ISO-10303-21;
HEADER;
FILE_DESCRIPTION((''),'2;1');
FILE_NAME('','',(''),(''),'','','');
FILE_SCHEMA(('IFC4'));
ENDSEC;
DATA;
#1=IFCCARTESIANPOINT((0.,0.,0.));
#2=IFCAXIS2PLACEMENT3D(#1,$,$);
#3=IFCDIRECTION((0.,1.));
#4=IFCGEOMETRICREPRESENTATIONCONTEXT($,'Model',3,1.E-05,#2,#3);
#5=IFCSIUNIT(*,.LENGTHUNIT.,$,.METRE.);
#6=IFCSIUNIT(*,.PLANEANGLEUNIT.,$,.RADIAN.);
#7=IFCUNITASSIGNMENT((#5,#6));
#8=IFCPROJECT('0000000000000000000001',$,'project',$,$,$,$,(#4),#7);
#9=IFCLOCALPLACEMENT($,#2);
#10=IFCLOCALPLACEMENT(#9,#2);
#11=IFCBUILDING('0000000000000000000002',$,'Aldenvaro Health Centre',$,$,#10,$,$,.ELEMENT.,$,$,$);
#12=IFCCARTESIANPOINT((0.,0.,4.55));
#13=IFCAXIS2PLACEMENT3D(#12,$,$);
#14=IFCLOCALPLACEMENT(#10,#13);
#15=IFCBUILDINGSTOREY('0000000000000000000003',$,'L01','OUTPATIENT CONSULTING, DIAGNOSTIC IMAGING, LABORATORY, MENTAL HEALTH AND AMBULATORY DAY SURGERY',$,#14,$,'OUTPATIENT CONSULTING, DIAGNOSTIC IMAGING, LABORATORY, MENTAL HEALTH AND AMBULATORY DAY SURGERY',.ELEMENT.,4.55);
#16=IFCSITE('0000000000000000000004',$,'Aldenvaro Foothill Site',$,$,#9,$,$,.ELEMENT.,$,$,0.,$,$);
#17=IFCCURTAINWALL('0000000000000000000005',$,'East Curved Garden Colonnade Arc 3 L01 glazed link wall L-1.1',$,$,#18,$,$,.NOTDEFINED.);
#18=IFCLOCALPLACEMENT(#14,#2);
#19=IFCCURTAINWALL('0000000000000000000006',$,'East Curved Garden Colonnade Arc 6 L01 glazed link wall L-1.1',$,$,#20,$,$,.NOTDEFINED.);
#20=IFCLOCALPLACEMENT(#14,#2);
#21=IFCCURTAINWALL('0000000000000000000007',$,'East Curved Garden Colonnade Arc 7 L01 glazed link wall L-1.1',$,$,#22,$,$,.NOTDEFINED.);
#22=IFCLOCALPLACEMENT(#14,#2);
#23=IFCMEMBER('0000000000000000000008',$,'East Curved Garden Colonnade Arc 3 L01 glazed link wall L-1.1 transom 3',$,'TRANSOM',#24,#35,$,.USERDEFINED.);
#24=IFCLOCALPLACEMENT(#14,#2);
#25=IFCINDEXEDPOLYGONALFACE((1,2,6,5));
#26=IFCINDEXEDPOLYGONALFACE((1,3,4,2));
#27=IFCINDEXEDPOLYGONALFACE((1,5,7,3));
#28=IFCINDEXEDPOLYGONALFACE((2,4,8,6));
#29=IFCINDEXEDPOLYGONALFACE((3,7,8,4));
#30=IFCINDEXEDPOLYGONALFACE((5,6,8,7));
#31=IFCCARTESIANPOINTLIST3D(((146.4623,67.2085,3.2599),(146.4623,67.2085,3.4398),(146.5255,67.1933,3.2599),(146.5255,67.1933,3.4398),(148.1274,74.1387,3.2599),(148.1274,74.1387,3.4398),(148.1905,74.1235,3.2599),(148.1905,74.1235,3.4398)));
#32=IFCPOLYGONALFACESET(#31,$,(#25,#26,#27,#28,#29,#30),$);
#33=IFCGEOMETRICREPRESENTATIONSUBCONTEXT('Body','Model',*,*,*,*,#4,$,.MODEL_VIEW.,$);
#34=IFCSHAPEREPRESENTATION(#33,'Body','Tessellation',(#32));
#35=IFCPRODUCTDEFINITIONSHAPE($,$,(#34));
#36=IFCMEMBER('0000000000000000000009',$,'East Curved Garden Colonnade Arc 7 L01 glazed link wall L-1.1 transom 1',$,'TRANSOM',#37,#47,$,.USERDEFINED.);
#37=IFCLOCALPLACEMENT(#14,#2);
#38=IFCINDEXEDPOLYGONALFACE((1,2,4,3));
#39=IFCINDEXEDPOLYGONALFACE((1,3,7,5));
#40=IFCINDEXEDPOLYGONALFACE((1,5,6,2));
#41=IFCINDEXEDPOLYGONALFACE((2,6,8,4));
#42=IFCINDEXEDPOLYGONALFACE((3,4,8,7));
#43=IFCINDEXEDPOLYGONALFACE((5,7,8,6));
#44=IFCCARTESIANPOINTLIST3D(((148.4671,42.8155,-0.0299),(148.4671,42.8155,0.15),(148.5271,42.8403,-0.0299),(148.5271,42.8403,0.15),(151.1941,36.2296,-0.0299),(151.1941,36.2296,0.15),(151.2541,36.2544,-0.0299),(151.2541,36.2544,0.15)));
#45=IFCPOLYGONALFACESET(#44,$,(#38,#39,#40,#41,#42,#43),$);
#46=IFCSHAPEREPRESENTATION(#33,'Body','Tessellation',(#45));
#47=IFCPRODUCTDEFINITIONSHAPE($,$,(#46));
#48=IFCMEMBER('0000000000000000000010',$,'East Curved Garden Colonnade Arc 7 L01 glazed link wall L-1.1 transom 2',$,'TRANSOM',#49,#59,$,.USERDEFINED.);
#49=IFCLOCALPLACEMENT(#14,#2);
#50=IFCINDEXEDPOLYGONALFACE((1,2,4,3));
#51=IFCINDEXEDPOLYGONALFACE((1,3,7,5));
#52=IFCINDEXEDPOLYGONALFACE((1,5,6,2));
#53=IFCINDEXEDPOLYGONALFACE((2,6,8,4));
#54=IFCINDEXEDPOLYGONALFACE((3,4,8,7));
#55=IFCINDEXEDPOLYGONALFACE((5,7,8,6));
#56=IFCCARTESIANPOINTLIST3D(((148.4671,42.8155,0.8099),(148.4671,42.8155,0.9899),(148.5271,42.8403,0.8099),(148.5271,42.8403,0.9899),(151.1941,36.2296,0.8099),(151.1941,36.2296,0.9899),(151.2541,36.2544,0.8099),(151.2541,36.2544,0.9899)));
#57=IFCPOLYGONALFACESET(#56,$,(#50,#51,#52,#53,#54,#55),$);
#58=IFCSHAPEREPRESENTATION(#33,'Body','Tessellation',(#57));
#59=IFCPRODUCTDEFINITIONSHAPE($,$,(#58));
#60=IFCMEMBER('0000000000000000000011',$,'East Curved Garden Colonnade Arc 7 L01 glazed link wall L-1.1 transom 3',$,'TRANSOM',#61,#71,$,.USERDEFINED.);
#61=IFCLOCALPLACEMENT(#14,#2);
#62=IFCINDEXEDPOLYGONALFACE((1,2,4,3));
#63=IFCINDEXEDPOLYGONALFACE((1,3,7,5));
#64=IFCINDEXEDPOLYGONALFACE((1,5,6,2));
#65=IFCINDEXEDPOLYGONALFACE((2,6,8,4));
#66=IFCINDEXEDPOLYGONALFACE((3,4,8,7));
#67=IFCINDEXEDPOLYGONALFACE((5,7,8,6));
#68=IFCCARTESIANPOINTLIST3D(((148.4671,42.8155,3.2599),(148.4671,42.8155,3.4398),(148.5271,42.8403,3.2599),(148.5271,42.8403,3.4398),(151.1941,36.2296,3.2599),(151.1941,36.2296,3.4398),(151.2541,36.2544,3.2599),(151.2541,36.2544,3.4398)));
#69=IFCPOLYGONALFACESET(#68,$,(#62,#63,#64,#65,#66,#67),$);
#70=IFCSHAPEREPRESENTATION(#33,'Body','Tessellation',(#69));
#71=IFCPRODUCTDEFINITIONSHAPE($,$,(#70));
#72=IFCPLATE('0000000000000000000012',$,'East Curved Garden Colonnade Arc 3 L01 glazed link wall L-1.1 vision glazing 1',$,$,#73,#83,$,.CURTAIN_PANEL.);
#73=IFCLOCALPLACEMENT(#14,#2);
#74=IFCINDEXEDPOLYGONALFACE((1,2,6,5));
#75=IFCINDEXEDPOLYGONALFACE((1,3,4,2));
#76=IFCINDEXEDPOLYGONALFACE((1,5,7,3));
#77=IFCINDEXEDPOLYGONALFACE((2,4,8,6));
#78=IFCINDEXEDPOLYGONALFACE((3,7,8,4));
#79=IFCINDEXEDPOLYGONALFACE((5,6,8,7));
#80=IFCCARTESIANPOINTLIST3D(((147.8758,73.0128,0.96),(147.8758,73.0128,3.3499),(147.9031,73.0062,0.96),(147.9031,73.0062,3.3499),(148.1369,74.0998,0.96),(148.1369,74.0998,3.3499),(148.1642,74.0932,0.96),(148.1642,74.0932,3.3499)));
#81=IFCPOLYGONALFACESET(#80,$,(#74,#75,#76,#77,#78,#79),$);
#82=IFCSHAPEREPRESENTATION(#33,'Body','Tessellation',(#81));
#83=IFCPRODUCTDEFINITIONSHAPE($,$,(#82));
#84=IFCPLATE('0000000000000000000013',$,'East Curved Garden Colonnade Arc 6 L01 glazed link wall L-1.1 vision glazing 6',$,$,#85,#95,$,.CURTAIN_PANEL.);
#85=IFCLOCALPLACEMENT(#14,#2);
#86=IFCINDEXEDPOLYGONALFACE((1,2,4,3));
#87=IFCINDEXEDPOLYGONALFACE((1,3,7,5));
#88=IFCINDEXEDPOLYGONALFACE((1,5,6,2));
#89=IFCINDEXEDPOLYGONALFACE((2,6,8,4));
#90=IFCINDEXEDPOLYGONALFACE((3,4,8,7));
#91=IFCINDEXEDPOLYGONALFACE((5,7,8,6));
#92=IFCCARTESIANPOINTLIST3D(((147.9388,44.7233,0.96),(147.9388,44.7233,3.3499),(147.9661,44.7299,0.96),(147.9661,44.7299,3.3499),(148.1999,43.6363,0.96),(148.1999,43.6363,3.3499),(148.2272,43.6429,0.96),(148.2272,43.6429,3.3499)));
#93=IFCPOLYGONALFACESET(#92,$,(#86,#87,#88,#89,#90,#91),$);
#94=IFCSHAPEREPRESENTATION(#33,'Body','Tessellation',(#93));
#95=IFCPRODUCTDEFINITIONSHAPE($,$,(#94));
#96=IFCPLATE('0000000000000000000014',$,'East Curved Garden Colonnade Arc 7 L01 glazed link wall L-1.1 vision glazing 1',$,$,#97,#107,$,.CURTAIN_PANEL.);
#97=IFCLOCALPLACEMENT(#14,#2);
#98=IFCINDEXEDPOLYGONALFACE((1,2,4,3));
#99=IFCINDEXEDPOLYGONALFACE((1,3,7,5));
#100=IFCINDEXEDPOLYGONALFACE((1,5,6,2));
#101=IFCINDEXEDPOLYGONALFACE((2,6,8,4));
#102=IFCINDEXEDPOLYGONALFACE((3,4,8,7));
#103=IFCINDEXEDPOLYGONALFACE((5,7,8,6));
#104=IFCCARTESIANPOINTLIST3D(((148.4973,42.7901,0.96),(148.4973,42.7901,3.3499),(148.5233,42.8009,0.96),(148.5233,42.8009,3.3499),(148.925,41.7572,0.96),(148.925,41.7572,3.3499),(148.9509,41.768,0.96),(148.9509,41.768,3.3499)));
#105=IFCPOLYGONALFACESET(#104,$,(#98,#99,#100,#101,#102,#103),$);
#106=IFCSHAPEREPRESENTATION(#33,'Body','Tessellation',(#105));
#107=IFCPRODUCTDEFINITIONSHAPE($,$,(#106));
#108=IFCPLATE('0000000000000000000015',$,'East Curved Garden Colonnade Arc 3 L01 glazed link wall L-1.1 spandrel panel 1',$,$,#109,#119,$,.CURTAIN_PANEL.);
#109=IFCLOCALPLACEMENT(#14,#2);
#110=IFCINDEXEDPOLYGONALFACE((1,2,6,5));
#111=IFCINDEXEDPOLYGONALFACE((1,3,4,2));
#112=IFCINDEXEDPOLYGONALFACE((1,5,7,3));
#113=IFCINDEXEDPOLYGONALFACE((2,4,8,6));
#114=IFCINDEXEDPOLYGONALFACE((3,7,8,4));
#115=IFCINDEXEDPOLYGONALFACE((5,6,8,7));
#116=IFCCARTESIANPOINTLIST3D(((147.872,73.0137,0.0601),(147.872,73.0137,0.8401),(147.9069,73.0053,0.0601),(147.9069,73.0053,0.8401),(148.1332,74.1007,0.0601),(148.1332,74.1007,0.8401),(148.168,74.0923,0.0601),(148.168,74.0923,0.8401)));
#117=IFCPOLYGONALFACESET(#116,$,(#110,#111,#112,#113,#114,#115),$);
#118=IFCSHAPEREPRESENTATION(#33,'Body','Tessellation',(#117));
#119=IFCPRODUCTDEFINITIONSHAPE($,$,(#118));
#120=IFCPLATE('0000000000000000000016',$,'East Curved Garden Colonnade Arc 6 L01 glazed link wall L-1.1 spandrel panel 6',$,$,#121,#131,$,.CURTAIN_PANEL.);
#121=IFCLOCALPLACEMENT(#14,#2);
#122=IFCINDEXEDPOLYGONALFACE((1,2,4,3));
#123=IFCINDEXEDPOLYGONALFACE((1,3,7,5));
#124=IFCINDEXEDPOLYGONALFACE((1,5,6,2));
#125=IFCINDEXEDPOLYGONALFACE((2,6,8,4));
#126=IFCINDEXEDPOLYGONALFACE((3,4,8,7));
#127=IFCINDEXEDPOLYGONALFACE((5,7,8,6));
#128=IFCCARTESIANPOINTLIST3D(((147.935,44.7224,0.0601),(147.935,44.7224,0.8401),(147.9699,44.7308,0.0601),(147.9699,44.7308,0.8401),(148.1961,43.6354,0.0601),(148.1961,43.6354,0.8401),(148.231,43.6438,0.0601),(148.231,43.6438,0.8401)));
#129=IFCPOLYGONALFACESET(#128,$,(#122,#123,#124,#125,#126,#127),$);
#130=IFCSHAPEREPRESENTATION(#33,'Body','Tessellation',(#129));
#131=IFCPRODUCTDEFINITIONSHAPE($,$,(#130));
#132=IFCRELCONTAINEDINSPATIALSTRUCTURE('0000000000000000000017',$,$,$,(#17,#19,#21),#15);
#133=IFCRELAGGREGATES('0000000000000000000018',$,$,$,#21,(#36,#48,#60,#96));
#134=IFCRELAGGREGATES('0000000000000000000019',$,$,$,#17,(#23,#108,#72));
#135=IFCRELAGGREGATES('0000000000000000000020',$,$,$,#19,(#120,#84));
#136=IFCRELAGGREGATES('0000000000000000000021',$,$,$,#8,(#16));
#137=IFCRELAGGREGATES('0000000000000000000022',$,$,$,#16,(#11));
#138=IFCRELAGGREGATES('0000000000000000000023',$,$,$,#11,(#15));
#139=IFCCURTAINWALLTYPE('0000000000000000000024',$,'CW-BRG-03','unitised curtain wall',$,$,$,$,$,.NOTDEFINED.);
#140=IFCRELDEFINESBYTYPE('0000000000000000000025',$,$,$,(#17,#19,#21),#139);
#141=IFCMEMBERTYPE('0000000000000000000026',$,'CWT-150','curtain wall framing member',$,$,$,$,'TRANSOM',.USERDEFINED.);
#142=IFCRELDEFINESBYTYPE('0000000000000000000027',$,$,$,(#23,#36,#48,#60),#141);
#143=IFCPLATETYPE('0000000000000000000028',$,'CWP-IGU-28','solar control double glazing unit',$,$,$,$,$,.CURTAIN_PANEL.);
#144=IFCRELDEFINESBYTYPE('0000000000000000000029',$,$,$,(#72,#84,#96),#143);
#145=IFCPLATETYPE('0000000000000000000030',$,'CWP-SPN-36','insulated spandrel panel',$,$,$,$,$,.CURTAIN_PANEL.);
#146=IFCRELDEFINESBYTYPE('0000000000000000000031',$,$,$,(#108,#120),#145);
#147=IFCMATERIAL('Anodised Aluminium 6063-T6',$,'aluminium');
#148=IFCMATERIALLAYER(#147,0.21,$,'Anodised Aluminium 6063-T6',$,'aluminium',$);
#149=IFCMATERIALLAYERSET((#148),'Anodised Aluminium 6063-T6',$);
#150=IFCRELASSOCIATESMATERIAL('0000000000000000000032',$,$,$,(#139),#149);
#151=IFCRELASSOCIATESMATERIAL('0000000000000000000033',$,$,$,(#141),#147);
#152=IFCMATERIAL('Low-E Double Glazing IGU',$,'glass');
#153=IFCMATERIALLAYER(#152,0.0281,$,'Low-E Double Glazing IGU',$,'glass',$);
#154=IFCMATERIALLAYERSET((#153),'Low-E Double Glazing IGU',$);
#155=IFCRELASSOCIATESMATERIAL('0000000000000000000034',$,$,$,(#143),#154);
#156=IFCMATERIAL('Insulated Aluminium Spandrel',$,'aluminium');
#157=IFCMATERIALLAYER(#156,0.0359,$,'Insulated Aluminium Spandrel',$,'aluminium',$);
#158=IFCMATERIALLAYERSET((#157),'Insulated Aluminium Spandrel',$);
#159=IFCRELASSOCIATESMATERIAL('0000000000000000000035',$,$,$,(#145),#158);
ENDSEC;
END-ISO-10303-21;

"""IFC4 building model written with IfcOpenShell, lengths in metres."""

from ifc_helpers import new_model, si_unit, direction, frame, origin, origin_2d, place, context, subcontext, project, spatial, rectangle, extrude, material, layer, layer_set, material_profile, profile_set, type_object, element, aggregate, save


model = new_model("IFC4")

# Units and contexts
model_context = context("Model", 3, precision=1e-05, world=origin(), true_north=direction((0.0, 1.0)))
body_context = subcontext(model_context, "Body", "Model", "MODEL_VIEW")
ifc_project = project(units=[si_unit("LENGTHUNIT", "METRE"), si_unit("PLANEANGLEUNIT", "RADIAN")], contexts=[model_context])

# Site, building, storey
site_placement = place(None, origin())
site = spatial("IfcSite", under=ifc_project, at=site_placement, Name="Aldenvaro Foothill Site", CompositionType="ELEMENT", RefElevation=0.0)
building_placement = place(site_placement, origin())
building = spatial("IfcBuilding", under=site, at=building_placement, Name="Aldenvaro Health Centre", CompositionType="ELEMENT")
storey_placement = place(building_placement, frame((0.0, 0.0, 4.55)))
storey = spatial("IfcBuildingStorey", under=building, at=storey_placement, Name="L01", Description="OUTPATIENT CONSULTING, DIAGNOSTIC IMAGING, LABORATORY, MENTAL HEALTH AND AMBULATORY DAY SURGERY", LongName="OUTPATIENT CONSULTING, DIAGNOSTIC IMAGING, LABORATORY, MENTAL HEALTH AND AMBULATORY DAY SURGERY", CompositionType="ELEMENT", Elevation=4.55)

# Curtain wall
ifc_material_1 = material(Name="Anodised Aluminium 6063-T6", Category="aluminium")
ifc_layer_1 = layer(ifc_material_1, 0.21, Name="Anodised Aluminium 6063-T6", Category="aluminium")
ifc_layer_set_1 = layer_set([ifc_layer_1], Name="Anodised Aluminium 6063-T6")
curtain_wall_type = type_object("IfcCurtainWallType", Name="CW-BRG-03", Description="unitised curtain wall", PredefinedType="NOTDEFINED", material=ifc_layer_set_1)
curtain_wall_1_placement = place(storey_placement, origin())
curtain_wall_1 = element("IfcCurtainWall", 1, at=curtain_wall_1_placement, inside=storey, type_object=curtain_wall_type, Name="East Curved Garden Colonnade Arc 3 L01 glazed link wall L-1.1", PredefinedType="NOTDEFINED")

# Curtain wall
curtain_wall_2_placement = place(storey_placement, origin())
curtain_wall_2 = element("IfcCurtainWall", 2, at=curtain_wall_2_placement, inside=storey, type_object=curtain_wall_type, Name="East Curved Garden Colonnade Arc 6 L01 glazed link wall L-1.1", PredefinedType="NOTDEFINED")

# Curtain wall
curtain_wall_3_placement = place(storey_placement, origin())
curtain_wall_3 = element("IfcCurtainWall", 3, at=curtain_wall_3_placement, inside=storey, type_object=curtain_wall_type, Name="East Curved Garden Colonnade Arc 7 L01 glazed link wall L-1.1", PredefinedType="NOTDEFINED")

# Members
ifc_material_profile_1 = material_profile(ifc_material_1, rectangle(XDim=0.0649, YDim=0.1799, at=origin_2d()), Name="ALU 65x180", Category="aluminium")
ifc_profile_set_1 = profile_set([ifc_material_profile_1], Name="Anodised Aluminium 6063-T6")
member_type_1 = type_object("IfcMemberType", Name="CWT-150", Description="curtain wall framing member", ElementType="TRANSOM", PredefinedType="USERDEFINED", material=ifc_profile_set_1)
member_1_placement = place(storey_placement, frame((148.1589, 74.1311, 3.3499), z_axis=(-0.233611, -0.97233, 0.0), x_axis=(0.97233, -0.233611, 0.0)))
member_1 = element("IfcMember", 4, at=member_1_placement, type_object=member_type_1, Name="East Curved Garden Colonnade Arc 3 L01 glazed link wall L-1.1 transom 3", ObjectType="TRANSOM", PredefinedType="USERDEFINED", context=body_context, shape_type="SweptSolid", body=[
    extrude(rectangle(XDim=0.0649, YDim=0.1799, at=origin_2d()), origin(), (0.0, 0.0, 1.0), 7.1274),
])
member_2_placement = place(storey_placement, frame((148.4971, 42.8279, 0.0601), z_axis=(0.382572, -0.923926, 0.0), x_axis=(0.923926, 0.382572, 0.0)))
member_2 = element("IfcMember", 5, at=member_2_placement, type_object=member_type_1, Name="East Curved Garden Colonnade Arc 7 L01 glazed link wall L-1.1 transom 1", ObjectType="TRANSOM", PredefinedType="USERDEFINED", context=body_context, shape_type="SweptSolid", body=[
    extrude(rectangle(XDim=0.0649, YDim=0.1799, at=origin_2d()), origin(), (0.0, 0.0, 1.0), 7.1282),
])
member_3_placement = place(storey_placement, frame((148.4971, 42.8279, 0.8999), z_axis=(0.382572, -0.923926, 0.0), x_axis=(0.923926, 0.382572, 0.0)))
member_3 = element("IfcMember", 6, at=member_3_placement, type_object=member_type_1, Name="East Curved Garden Colonnade Arc 7 L01 glazed link wall L-1.1 transom 2", ObjectType="TRANSOM", PredefinedType="USERDEFINED", context=body_context, shape_type="SweptSolid", body=[
    extrude(rectangle(XDim=0.0649, YDim=0.1799, at=origin_2d()), origin(), (0.0, 0.0, 1.0), 7.1282),
])
member_4_placement = place(storey_placement, frame((148.4971, 42.8279, 3.3499), z_axis=(0.382572, -0.923926, 0.0), x_axis=(0.923926, 0.382572, 0.0)))
member_4 = element("IfcMember", 7, at=member_4_placement, type_object=member_type_1, Name="East Curved Garden Colonnade Arc 7 L01 glazed link wall L-1.1 transom 3", ObjectType="TRANSOM", PredefinedType="USERDEFINED", context=body_context, shape_type="SweptSolid", body=[
    extrude(rectangle(XDim=0.0649, YDim=0.1799, at=origin_2d()), origin(), (0.0, 0.0, 1.0), 7.1282),
])

# Plates
ifc_material_2 = material(Name="Low-E Double Glazing IGU", Category="glass")
ifc_layer_2 = layer(ifc_material_2, 0.0281, Name="Low-E Double Glazing IGU", Category="glass")
ifc_layer_set_2 = layer_set([ifc_layer_2], Name="Low-E Double Glazing IGU")
plate_type_1 = type_object("IfcPlateType", Name="CWP-IGU-28", Description="solar control double glazing unit", PredefinedType="CURTAIN_PANEL", material=ifc_layer_set_2)
plate_1_placement = place(storey_placement, frame((148.02, 73.553, 0.96), z_axis=(0.0, 0.0, 1.0), x_axis=(-0.233612, -0.97233, 0.0)))
plate_1 = element("IfcPlate", 8, at=plate_1_placement, type_object=plate_type_1, Name="East Curved Garden Colonnade Arc 3 L01 glazed link wall L-1.1 vision glazing 1", PredefinedType="CURTAIN_PANEL", context=body_context, shape_type="SweptSolid", body=[
    extrude(rectangle(XDim=1.1179, YDim=0.0281, at=origin_2d()), origin(), (0.0, 0.0, 1.0), 2.3899),
])
plate_2_placement = place(storey_placement, frame((148.083, 44.1831, 0.96), z_axis=(0.0, 0.0, 1.0), x_axis=(0.233511, -0.972354, 0.0)))
plate_2 = element("IfcPlate", 9, at=plate_2_placement, type_object=plate_type_1, Name="East Curved Garden Colonnade Arc 6 L01 glazed link wall L-1.1 vision glazing 6", PredefinedType="CURTAIN_PANEL", context=body_context, shape_type="SweptSolid", body=[
    extrude(rectangle(XDim=1.1179, YDim=0.0281, at=origin_2d()), origin(), (0.0, 0.0, 1.0), 2.3899),
])
plate_3_placement = place(storey_placement, frame((148.7241, 42.2791, 0.96), z_axis=(0.0, 0.0, 1.0), x_axis=(0.382562, -0.92393, 0.0)))
plate_3 = element("IfcPlate", 10, at=plate_3_placement, type_object=plate_type_1, Name="East Curved Garden Colonnade Arc 7 L01 glazed link wall L-1.1 vision glazing 1", PredefinedType="CURTAIN_PANEL", context=body_context, shape_type="SweptSolid", body=[
    extrude(rectangle(XDim=1.1179, YDim=0.0281, at=origin_2d()), origin(), (0.0, 0.0, 1.0), 2.3899),
])
aggregate(curtain_wall_3, [member_2, member_3, member_4, plate_3])
ifc_material_3 = material(Name="Insulated Aluminium Spandrel", Category="aluminium")
ifc_layer_3 = layer(ifc_material_3, 0.0359, Name="Insulated Aluminium Spandrel", Category="aluminium")
ifc_layer_set_3 = layer_set([ifc_layer_3], Name="Insulated Aluminium Spandrel")
plate_type_2 = type_object("IfcPlateType", Name="CWP-SPN-36", Description="insulated spandrel panel", PredefinedType="CURTAIN_PANEL", material=ifc_layer_set_3)
plate_4_placement = place(storey_placement, frame((148.02, 73.553, 0.0601), z_axis=(0.0, 0.0, 1.0), x_axis=(-0.233612, -0.97233, 0.0)))
plate_4 = element("IfcPlate", 11, at=plate_4_placement, type_object=plate_type_2, Name="East Curved Garden Colonnade Arc 3 L01 glazed link wall L-1.1 spandrel panel 1", PredefinedType="CURTAIN_PANEL", context=body_context, shape_type="SweptSolid", body=[
    extrude(rectangle(XDim=1.1179, YDim=0.0359, at=origin_2d()), origin(), (0.0, 0.0, 1.0), 0.78),
])
aggregate(curtain_wall_1, [member_1, plate_4, plate_1])
plate_5_placement = place(storey_placement, frame((148.083, 44.1831, 0.0601), z_axis=(0.0, 0.0, 1.0), x_axis=(0.233511, -0.972354, 0.0)))
plate_5 = element("IfcPlate", 12, at=plate_5_placement, type_object=plate_type_2, Name="East Curved Garden Colonnade Arc 6 L01 glazed link wall L-1.1 spandrel panel 6", PredefinedType="CURTAIN_PANEL", context=body_context, shape_type="SweptSolid", body=[
    extrude(rectangle(XDim=1.1179, YDim=0.0359, at=origin_2d()), origin(), (0.0, 0.0, 1.0), 0.78),
])
aggregate(curtain_wall_2, [plate_5, plate_2])

save(model, "model.ifc")
